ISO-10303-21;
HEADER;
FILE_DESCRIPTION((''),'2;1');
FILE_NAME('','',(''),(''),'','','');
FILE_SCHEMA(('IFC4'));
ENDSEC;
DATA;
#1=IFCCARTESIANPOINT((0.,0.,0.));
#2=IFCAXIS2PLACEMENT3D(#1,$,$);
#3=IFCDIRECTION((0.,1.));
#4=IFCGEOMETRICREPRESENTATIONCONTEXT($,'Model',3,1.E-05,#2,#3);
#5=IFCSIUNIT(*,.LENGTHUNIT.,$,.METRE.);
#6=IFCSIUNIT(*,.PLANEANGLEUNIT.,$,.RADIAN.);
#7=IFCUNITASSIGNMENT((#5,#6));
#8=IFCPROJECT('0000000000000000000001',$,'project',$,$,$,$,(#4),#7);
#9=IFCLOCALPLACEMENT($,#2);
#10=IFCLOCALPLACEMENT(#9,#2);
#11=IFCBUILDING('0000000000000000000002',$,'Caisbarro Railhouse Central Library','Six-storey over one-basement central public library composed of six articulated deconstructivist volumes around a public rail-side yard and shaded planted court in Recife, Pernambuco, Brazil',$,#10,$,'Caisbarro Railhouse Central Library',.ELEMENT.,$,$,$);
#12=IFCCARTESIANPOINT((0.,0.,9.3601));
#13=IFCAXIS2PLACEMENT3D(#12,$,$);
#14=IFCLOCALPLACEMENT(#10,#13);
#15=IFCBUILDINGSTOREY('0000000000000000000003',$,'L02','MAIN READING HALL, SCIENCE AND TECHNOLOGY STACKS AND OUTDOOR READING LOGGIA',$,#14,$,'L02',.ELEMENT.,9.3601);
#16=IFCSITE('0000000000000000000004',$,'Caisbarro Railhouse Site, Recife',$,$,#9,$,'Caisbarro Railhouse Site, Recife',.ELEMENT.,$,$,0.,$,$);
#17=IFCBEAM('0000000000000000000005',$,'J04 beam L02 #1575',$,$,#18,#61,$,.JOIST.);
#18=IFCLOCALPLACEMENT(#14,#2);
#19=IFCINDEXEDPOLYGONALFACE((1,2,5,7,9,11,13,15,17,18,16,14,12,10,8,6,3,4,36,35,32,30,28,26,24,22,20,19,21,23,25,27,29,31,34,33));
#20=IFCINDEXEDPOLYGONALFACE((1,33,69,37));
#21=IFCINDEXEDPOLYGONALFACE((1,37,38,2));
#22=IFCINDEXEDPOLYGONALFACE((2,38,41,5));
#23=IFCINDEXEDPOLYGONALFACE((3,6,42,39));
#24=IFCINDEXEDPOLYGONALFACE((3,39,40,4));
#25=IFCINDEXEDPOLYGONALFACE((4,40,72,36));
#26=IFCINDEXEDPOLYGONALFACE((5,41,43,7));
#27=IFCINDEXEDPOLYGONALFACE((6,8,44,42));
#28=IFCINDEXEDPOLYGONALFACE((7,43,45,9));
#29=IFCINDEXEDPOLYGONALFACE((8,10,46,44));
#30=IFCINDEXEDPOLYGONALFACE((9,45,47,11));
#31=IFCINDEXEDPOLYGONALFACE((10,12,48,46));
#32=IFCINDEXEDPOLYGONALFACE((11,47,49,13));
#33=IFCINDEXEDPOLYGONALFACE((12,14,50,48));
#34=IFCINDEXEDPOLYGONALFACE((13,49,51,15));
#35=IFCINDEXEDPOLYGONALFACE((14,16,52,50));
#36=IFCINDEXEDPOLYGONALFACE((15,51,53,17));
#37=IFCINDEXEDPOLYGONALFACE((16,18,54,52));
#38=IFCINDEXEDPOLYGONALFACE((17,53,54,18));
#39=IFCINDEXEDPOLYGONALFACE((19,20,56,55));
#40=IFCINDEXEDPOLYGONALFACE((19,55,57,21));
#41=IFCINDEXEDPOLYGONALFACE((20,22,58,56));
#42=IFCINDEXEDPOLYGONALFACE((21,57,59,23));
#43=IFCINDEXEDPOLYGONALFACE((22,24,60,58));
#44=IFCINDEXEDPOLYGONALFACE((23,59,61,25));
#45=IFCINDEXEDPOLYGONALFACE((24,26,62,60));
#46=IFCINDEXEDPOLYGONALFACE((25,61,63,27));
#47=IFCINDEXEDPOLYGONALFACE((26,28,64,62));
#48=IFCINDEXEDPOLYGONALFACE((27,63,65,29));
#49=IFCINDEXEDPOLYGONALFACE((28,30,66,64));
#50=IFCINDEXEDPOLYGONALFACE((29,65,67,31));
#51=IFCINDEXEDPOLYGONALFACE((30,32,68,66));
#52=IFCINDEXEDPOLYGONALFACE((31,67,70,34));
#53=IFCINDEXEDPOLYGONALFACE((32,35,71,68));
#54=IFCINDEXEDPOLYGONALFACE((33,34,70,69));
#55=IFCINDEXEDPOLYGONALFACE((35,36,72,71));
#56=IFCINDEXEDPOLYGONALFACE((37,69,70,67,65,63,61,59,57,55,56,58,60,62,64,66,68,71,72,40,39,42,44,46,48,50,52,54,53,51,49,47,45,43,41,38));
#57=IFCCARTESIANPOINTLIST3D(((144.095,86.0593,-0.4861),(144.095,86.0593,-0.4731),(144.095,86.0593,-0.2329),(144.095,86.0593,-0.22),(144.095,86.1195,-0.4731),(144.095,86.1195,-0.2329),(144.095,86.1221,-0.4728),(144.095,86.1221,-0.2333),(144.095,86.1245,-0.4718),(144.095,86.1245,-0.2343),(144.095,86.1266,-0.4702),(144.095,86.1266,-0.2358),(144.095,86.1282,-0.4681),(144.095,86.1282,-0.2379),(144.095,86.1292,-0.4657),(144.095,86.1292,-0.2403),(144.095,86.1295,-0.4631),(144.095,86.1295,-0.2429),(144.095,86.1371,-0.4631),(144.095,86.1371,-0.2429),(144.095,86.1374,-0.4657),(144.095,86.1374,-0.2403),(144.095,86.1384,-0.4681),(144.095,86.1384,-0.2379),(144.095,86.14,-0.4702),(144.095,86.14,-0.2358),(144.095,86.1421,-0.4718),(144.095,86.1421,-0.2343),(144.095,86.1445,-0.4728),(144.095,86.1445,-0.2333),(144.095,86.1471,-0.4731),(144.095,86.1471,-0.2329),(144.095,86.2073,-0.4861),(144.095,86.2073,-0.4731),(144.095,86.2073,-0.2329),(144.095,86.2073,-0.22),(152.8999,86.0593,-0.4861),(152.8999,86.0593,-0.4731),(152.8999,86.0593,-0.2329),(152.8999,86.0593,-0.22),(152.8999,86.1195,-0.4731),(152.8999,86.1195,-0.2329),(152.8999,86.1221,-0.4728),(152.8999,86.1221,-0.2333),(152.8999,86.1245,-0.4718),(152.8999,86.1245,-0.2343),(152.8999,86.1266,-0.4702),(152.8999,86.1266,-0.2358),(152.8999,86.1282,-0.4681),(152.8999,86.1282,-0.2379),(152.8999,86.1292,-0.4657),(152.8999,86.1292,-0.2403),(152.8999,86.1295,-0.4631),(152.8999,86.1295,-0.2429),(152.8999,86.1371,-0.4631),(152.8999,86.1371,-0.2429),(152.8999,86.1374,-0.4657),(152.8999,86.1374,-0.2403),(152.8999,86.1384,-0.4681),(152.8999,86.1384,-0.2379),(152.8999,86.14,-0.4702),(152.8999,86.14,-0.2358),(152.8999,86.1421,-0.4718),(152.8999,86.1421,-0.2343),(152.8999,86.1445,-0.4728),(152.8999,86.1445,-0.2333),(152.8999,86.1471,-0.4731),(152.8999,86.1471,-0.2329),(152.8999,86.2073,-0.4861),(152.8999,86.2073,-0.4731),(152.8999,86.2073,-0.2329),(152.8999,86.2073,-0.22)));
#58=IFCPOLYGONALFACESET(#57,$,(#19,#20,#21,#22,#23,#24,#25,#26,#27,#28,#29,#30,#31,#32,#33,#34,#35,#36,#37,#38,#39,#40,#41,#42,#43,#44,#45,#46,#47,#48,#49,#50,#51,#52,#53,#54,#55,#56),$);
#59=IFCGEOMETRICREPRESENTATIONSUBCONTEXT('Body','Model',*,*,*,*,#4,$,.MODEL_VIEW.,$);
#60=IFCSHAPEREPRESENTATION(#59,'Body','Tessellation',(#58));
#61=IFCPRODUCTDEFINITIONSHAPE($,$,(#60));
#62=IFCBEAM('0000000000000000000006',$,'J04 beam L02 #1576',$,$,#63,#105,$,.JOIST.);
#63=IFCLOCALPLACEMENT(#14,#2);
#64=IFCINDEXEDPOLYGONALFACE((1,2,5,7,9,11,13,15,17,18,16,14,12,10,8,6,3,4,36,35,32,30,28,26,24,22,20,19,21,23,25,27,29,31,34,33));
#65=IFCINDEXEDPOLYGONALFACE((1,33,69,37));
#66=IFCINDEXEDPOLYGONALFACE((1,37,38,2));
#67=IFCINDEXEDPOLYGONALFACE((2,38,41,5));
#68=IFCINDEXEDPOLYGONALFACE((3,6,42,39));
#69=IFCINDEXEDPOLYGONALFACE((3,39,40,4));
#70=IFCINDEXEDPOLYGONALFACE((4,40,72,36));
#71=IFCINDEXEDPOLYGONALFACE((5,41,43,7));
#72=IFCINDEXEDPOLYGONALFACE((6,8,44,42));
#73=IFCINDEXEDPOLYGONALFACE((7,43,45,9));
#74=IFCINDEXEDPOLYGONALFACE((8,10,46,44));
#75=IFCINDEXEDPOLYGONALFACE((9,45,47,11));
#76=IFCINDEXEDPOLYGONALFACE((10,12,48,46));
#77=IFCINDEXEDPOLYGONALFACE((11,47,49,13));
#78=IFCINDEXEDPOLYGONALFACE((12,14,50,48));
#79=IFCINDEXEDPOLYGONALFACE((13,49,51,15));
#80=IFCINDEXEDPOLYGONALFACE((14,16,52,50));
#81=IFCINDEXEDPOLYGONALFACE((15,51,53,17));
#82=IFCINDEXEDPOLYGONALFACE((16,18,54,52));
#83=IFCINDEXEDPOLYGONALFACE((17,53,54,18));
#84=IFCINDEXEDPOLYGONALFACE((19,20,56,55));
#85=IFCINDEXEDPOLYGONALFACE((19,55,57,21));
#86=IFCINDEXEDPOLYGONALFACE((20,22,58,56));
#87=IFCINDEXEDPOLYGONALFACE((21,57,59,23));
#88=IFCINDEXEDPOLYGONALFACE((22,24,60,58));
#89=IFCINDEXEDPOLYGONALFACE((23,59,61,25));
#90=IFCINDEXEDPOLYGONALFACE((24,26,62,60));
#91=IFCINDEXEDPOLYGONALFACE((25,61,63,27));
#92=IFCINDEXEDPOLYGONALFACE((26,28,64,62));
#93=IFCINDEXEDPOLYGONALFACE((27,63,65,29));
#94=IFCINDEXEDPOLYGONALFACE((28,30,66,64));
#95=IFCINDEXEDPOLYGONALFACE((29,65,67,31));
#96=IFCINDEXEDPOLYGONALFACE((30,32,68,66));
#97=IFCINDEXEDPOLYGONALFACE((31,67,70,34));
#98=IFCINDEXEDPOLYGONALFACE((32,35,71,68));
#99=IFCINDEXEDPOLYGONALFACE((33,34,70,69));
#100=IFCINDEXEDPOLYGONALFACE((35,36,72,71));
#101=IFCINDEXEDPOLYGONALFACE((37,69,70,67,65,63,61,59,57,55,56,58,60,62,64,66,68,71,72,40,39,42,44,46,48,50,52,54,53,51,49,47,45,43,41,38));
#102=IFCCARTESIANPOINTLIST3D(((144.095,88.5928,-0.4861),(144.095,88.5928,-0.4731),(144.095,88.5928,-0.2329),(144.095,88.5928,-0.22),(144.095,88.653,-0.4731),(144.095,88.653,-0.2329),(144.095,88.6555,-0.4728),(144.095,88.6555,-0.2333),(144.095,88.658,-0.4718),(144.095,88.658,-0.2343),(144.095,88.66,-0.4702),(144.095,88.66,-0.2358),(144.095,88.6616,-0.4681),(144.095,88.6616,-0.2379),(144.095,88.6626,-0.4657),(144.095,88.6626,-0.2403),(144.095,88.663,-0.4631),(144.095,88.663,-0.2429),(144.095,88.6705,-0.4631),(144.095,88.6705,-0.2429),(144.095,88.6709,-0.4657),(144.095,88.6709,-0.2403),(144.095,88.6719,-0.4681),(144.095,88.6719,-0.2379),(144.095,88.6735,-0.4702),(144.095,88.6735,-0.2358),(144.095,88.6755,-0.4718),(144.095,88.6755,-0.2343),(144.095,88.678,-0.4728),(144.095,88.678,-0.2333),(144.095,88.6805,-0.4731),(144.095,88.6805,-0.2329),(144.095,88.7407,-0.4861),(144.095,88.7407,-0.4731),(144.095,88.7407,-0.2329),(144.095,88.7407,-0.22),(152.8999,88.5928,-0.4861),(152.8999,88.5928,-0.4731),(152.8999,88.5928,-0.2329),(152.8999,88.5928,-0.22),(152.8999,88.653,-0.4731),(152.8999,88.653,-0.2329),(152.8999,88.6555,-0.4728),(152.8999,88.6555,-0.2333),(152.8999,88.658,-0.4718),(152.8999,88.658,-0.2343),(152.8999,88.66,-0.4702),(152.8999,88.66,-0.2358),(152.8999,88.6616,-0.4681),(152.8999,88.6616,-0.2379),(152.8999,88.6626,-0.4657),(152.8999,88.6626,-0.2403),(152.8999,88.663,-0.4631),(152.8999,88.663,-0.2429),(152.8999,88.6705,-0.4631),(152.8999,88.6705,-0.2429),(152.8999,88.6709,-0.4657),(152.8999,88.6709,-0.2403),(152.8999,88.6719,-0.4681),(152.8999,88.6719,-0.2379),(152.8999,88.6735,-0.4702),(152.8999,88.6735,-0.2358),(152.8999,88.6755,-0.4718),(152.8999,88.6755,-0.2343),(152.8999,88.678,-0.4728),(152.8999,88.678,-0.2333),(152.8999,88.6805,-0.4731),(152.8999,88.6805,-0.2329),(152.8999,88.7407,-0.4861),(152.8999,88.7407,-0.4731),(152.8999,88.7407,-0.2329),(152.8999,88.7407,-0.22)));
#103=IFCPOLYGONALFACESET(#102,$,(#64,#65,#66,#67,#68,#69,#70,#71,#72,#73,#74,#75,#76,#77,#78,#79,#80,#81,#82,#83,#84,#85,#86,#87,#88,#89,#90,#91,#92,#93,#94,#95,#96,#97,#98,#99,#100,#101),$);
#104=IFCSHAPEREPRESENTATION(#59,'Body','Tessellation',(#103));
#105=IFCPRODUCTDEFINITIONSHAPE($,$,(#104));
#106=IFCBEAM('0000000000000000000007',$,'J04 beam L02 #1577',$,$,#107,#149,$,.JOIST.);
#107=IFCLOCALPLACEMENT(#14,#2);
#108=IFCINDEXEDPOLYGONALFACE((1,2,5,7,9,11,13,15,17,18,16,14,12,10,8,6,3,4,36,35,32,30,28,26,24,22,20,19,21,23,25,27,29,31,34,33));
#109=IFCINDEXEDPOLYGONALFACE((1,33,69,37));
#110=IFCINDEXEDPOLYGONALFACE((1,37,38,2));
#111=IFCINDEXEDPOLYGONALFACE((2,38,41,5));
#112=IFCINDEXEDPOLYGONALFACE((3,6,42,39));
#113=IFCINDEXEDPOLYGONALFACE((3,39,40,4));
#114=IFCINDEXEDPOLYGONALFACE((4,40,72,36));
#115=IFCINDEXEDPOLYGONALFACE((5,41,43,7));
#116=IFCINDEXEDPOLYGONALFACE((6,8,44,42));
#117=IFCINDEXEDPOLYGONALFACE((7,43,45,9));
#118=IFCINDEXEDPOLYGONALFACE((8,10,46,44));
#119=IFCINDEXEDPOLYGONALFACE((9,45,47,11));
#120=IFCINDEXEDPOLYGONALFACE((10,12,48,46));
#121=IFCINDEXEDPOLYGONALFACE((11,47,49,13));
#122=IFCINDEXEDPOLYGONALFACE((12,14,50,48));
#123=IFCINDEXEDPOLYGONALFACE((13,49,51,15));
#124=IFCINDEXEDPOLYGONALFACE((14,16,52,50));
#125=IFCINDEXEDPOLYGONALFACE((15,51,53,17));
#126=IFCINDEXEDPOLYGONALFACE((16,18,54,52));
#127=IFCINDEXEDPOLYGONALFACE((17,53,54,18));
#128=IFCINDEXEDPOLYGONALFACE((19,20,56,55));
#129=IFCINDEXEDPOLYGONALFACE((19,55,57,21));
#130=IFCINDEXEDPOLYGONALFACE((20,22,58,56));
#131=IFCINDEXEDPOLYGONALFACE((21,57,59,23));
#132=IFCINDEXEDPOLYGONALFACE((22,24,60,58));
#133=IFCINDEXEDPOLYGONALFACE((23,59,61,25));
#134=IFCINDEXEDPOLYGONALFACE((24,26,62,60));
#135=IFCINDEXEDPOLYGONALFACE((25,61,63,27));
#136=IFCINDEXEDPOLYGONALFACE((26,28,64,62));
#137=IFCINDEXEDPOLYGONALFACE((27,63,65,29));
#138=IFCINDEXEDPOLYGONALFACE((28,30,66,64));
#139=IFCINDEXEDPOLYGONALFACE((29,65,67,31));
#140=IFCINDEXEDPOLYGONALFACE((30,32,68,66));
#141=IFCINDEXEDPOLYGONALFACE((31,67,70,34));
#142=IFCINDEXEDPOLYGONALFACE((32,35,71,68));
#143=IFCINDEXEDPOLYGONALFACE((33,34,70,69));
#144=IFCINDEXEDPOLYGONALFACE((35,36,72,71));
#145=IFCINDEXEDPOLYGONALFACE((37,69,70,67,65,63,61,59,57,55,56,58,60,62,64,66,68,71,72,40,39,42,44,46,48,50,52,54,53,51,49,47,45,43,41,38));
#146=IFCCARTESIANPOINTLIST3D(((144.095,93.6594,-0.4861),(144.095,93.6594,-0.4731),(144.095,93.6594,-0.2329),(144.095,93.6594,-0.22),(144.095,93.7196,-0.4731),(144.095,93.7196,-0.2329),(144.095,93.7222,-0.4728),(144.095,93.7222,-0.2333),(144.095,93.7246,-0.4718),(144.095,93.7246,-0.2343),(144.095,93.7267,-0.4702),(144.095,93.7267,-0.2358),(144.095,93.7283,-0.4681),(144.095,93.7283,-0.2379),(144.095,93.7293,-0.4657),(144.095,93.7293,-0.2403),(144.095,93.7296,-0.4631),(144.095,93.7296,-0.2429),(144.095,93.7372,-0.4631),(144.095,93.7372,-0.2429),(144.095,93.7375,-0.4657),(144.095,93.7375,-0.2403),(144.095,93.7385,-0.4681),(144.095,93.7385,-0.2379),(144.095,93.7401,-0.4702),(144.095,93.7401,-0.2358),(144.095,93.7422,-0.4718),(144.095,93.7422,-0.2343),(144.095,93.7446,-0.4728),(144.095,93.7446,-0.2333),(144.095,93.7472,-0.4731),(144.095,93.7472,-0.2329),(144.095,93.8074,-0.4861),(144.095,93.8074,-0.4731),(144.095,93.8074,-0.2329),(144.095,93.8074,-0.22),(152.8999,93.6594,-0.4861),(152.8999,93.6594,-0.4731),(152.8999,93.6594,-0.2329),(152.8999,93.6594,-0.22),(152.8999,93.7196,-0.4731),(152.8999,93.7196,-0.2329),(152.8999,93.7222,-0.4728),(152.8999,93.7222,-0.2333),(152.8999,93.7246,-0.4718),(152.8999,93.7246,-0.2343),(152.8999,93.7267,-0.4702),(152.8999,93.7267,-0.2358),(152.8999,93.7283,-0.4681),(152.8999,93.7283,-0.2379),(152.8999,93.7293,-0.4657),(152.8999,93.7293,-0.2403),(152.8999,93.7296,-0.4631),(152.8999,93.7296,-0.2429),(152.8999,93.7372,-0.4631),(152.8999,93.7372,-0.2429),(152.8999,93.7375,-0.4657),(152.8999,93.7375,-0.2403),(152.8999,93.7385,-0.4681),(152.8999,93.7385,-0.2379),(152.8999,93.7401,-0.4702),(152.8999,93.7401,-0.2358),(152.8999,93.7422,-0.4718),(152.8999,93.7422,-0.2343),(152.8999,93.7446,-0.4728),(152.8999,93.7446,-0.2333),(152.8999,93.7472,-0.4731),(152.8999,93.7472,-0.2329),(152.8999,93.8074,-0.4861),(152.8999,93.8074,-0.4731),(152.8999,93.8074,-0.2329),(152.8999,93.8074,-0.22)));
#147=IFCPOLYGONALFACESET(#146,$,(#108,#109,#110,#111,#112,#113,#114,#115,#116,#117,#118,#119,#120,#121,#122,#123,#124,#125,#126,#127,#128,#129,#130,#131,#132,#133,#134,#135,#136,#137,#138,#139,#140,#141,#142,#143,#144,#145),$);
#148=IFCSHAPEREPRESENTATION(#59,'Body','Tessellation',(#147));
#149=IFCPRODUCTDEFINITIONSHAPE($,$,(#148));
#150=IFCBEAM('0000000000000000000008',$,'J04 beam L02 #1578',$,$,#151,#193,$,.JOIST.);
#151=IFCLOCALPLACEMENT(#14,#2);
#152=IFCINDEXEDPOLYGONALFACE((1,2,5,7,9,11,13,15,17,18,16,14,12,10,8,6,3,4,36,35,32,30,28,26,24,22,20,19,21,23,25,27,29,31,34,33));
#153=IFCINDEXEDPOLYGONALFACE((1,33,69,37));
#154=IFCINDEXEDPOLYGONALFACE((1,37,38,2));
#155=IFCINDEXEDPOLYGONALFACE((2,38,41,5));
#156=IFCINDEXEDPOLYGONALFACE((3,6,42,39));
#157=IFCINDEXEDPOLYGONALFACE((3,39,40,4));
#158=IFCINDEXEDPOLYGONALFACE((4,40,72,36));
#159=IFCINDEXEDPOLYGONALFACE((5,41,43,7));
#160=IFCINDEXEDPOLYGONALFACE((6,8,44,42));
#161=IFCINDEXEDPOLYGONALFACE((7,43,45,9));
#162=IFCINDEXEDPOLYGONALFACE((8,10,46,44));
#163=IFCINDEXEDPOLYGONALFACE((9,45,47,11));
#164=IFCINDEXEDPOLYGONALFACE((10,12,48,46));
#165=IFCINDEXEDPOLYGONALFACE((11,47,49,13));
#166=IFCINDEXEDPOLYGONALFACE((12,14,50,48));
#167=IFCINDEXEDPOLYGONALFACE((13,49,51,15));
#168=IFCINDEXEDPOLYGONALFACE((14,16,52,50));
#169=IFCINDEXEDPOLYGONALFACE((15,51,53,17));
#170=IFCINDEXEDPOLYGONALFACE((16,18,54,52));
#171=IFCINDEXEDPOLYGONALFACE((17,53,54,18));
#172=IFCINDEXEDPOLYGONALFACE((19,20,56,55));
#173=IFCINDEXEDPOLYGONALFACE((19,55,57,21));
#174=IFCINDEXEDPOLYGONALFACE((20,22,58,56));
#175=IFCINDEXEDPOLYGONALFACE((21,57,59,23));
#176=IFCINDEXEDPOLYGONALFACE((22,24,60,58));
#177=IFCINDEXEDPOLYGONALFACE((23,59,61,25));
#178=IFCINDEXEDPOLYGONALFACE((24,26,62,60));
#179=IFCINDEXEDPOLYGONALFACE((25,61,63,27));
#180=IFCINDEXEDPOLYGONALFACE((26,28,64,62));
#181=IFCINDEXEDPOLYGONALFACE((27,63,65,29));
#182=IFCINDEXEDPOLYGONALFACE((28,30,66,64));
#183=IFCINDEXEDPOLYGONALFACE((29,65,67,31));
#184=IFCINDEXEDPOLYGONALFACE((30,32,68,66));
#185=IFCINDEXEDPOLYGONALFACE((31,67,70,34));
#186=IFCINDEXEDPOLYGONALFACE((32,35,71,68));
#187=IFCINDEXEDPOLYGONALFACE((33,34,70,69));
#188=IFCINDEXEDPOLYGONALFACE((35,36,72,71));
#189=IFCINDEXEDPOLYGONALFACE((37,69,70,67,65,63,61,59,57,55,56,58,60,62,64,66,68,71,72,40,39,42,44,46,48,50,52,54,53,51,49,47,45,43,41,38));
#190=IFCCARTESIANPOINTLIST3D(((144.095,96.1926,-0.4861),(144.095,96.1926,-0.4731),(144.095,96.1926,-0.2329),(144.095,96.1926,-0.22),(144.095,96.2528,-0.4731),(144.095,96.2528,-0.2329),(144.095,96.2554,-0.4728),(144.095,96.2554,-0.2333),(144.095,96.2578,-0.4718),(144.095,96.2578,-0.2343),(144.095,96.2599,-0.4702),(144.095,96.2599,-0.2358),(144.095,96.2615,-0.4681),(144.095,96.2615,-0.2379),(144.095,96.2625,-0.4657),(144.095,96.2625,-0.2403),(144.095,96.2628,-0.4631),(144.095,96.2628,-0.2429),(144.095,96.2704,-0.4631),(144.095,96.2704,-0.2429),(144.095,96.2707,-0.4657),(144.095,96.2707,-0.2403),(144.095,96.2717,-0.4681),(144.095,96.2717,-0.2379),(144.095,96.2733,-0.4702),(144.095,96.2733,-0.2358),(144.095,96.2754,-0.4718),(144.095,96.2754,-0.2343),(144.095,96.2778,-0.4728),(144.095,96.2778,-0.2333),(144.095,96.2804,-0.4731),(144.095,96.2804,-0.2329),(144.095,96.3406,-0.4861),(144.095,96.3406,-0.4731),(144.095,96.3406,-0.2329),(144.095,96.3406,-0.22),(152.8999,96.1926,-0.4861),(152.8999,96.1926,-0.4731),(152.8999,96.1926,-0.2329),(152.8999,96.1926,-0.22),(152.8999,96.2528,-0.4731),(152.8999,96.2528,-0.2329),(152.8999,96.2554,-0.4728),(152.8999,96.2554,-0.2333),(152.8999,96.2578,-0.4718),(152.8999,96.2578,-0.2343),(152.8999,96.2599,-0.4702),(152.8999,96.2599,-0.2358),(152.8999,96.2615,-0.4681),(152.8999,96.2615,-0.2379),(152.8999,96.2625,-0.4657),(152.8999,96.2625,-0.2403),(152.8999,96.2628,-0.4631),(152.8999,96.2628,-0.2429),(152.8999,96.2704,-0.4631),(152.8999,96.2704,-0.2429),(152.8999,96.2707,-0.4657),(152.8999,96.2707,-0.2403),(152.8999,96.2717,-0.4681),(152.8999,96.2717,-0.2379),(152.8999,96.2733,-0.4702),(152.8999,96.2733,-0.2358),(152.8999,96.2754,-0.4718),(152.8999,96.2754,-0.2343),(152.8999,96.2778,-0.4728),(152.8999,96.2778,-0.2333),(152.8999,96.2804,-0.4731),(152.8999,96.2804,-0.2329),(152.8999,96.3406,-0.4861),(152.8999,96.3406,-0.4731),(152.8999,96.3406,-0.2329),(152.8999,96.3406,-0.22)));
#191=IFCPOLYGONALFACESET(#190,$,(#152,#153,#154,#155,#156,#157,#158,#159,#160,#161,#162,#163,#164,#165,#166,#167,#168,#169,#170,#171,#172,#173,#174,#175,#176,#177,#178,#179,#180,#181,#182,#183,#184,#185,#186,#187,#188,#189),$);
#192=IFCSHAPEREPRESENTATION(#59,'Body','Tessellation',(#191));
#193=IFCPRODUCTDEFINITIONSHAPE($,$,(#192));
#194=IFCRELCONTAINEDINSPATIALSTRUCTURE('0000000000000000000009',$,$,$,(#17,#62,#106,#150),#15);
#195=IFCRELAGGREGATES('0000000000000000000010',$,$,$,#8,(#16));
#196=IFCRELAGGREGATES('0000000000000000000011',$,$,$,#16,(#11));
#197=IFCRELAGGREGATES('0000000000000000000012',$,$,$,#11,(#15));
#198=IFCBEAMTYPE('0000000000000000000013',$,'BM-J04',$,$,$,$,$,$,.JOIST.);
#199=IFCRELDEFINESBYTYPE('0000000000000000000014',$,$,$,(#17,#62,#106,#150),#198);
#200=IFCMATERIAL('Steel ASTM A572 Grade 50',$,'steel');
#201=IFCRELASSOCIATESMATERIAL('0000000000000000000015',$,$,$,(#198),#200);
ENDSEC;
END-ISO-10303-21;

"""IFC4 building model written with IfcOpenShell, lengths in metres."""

from ifc_helpers import new_model, si_unit, direction, frame, origin, origin_2d, place, context, subcontext, project, spatial, i_section, extrude, material, material_profile, profile_set, type_object, element, save


model = new_model("IFC4")

# Units and contexts
model_context = context("Model", 3, precision=1e-05, world=origin(), true_north=direction((0.0, 1.0)))
body_context = subcontext(model_context, "Body", "Model", "MODEL_VIEW")
ifc_project = project(units=[si_unit("LENGTHUNIT", "METRE"), si_unit("PLANEANGLEUNIT", "RADIAN")], contexts=[model_context])

# Site, building, storey
site_placement = place(None, origin())
site = spatial("IfcSite", under=ifc_project, at=site_placement, Name="Caisbarro Railhouse Site, Recife", LongName="Caisbarro Railhouse Site, Recife", CompositionType="ELEMENT", RefElevation=0.0)
building_placement = place(site_placement, origin())
building = spatial("IfcBuilding", under=site, at=building_placement, Name="Caisbarro Railhouse Central Library", Description="Six-storey over one-basement central public library composed of six articulated deconstructivist volumes around a public rail-side yard and shaded planted court in Recife, Pernambuco, Brazil", LongName="Caisbarro Railhouse Central Library", CompositionType="ELEMENT")
storey_placement = place(building_placement, frame((0.0, 0.0, 9.3601)))
storey = spatial("IfcBuildingStorey", under=building, at=storey_placement, Name="L02", Description="MAIN READING HALL, SCIENCE AND TECHNOLOGY STACKS AND OUTDOOR READING LOGGIA", LongName="L02", CompositionType="ELEMENT", Elevation=9.3601)

# Shared definitions
ifc_material_1 = material(Name="Steel ASTM A572 Grade 50", Category="steel")

# Beams
ifc_material_profile_1 = material_profile(ifc_material_1, i_section(OverallWidth=0.1479, OverallDepth=0.2661, WebThickness=0.0076, FlangeThickness=0.0129, FilletRadius=0.01, at=origin_2d()), Name="W250X44.8")
ifc_profile_set_1 = profile_set([ifc_material_profile_1], Name="Steel ASTM A572 Grade 50")
beam_type_1 = type_object("IfcBeamType", Name="BM-J04", PredefinedType="JOIST", material=ifc_profile_set_1)
for number, where, z_axis, x_axis, name in (
    (1, (144.095, 86.1333, -0.353), (1.0, 0.0, 0.0), (0.0, 1.0, 0.0), "J04 beam L02 #1575"),
    (2, (144.095, 88.6667, -0.353), (1.0, 0.0, 0.0), (0.0, 1.0, 0.0), "J04 beam L02 #1576"),
    (3, (144.095, 93.7334, -0.353), (1.0, 0.0, 0.0), (0.0, 1.0, 0.0), "J04 beam L02 #1577"),
    (4, (144.095, 96.2666, -0.353), (1.0, 0.0, 0.0), (0.0, 1.0, 0.0), "J04 beam L02 #1578"),
):
    element("IfcBeam", number, at=place(storey_placement, frame(where, z_axis=z_axis, x_axis=x_axis)), inside=storey, type_object=beam_type_1, Name=name, PredefinedType="JOIST", context=body_context, shape_type="SweptSolid", body=[
        extrude(i_section(OverallWidth=0.1479, OverallDepth=0.2661, WebThickness=0.0076, FlangeThickness=0.0129, FilletRadius=0.01, at=origin_2d()), origin(), (0.0, 0.0, 1.0), 8.8049),
    ])

save(model, "model.ifc")
